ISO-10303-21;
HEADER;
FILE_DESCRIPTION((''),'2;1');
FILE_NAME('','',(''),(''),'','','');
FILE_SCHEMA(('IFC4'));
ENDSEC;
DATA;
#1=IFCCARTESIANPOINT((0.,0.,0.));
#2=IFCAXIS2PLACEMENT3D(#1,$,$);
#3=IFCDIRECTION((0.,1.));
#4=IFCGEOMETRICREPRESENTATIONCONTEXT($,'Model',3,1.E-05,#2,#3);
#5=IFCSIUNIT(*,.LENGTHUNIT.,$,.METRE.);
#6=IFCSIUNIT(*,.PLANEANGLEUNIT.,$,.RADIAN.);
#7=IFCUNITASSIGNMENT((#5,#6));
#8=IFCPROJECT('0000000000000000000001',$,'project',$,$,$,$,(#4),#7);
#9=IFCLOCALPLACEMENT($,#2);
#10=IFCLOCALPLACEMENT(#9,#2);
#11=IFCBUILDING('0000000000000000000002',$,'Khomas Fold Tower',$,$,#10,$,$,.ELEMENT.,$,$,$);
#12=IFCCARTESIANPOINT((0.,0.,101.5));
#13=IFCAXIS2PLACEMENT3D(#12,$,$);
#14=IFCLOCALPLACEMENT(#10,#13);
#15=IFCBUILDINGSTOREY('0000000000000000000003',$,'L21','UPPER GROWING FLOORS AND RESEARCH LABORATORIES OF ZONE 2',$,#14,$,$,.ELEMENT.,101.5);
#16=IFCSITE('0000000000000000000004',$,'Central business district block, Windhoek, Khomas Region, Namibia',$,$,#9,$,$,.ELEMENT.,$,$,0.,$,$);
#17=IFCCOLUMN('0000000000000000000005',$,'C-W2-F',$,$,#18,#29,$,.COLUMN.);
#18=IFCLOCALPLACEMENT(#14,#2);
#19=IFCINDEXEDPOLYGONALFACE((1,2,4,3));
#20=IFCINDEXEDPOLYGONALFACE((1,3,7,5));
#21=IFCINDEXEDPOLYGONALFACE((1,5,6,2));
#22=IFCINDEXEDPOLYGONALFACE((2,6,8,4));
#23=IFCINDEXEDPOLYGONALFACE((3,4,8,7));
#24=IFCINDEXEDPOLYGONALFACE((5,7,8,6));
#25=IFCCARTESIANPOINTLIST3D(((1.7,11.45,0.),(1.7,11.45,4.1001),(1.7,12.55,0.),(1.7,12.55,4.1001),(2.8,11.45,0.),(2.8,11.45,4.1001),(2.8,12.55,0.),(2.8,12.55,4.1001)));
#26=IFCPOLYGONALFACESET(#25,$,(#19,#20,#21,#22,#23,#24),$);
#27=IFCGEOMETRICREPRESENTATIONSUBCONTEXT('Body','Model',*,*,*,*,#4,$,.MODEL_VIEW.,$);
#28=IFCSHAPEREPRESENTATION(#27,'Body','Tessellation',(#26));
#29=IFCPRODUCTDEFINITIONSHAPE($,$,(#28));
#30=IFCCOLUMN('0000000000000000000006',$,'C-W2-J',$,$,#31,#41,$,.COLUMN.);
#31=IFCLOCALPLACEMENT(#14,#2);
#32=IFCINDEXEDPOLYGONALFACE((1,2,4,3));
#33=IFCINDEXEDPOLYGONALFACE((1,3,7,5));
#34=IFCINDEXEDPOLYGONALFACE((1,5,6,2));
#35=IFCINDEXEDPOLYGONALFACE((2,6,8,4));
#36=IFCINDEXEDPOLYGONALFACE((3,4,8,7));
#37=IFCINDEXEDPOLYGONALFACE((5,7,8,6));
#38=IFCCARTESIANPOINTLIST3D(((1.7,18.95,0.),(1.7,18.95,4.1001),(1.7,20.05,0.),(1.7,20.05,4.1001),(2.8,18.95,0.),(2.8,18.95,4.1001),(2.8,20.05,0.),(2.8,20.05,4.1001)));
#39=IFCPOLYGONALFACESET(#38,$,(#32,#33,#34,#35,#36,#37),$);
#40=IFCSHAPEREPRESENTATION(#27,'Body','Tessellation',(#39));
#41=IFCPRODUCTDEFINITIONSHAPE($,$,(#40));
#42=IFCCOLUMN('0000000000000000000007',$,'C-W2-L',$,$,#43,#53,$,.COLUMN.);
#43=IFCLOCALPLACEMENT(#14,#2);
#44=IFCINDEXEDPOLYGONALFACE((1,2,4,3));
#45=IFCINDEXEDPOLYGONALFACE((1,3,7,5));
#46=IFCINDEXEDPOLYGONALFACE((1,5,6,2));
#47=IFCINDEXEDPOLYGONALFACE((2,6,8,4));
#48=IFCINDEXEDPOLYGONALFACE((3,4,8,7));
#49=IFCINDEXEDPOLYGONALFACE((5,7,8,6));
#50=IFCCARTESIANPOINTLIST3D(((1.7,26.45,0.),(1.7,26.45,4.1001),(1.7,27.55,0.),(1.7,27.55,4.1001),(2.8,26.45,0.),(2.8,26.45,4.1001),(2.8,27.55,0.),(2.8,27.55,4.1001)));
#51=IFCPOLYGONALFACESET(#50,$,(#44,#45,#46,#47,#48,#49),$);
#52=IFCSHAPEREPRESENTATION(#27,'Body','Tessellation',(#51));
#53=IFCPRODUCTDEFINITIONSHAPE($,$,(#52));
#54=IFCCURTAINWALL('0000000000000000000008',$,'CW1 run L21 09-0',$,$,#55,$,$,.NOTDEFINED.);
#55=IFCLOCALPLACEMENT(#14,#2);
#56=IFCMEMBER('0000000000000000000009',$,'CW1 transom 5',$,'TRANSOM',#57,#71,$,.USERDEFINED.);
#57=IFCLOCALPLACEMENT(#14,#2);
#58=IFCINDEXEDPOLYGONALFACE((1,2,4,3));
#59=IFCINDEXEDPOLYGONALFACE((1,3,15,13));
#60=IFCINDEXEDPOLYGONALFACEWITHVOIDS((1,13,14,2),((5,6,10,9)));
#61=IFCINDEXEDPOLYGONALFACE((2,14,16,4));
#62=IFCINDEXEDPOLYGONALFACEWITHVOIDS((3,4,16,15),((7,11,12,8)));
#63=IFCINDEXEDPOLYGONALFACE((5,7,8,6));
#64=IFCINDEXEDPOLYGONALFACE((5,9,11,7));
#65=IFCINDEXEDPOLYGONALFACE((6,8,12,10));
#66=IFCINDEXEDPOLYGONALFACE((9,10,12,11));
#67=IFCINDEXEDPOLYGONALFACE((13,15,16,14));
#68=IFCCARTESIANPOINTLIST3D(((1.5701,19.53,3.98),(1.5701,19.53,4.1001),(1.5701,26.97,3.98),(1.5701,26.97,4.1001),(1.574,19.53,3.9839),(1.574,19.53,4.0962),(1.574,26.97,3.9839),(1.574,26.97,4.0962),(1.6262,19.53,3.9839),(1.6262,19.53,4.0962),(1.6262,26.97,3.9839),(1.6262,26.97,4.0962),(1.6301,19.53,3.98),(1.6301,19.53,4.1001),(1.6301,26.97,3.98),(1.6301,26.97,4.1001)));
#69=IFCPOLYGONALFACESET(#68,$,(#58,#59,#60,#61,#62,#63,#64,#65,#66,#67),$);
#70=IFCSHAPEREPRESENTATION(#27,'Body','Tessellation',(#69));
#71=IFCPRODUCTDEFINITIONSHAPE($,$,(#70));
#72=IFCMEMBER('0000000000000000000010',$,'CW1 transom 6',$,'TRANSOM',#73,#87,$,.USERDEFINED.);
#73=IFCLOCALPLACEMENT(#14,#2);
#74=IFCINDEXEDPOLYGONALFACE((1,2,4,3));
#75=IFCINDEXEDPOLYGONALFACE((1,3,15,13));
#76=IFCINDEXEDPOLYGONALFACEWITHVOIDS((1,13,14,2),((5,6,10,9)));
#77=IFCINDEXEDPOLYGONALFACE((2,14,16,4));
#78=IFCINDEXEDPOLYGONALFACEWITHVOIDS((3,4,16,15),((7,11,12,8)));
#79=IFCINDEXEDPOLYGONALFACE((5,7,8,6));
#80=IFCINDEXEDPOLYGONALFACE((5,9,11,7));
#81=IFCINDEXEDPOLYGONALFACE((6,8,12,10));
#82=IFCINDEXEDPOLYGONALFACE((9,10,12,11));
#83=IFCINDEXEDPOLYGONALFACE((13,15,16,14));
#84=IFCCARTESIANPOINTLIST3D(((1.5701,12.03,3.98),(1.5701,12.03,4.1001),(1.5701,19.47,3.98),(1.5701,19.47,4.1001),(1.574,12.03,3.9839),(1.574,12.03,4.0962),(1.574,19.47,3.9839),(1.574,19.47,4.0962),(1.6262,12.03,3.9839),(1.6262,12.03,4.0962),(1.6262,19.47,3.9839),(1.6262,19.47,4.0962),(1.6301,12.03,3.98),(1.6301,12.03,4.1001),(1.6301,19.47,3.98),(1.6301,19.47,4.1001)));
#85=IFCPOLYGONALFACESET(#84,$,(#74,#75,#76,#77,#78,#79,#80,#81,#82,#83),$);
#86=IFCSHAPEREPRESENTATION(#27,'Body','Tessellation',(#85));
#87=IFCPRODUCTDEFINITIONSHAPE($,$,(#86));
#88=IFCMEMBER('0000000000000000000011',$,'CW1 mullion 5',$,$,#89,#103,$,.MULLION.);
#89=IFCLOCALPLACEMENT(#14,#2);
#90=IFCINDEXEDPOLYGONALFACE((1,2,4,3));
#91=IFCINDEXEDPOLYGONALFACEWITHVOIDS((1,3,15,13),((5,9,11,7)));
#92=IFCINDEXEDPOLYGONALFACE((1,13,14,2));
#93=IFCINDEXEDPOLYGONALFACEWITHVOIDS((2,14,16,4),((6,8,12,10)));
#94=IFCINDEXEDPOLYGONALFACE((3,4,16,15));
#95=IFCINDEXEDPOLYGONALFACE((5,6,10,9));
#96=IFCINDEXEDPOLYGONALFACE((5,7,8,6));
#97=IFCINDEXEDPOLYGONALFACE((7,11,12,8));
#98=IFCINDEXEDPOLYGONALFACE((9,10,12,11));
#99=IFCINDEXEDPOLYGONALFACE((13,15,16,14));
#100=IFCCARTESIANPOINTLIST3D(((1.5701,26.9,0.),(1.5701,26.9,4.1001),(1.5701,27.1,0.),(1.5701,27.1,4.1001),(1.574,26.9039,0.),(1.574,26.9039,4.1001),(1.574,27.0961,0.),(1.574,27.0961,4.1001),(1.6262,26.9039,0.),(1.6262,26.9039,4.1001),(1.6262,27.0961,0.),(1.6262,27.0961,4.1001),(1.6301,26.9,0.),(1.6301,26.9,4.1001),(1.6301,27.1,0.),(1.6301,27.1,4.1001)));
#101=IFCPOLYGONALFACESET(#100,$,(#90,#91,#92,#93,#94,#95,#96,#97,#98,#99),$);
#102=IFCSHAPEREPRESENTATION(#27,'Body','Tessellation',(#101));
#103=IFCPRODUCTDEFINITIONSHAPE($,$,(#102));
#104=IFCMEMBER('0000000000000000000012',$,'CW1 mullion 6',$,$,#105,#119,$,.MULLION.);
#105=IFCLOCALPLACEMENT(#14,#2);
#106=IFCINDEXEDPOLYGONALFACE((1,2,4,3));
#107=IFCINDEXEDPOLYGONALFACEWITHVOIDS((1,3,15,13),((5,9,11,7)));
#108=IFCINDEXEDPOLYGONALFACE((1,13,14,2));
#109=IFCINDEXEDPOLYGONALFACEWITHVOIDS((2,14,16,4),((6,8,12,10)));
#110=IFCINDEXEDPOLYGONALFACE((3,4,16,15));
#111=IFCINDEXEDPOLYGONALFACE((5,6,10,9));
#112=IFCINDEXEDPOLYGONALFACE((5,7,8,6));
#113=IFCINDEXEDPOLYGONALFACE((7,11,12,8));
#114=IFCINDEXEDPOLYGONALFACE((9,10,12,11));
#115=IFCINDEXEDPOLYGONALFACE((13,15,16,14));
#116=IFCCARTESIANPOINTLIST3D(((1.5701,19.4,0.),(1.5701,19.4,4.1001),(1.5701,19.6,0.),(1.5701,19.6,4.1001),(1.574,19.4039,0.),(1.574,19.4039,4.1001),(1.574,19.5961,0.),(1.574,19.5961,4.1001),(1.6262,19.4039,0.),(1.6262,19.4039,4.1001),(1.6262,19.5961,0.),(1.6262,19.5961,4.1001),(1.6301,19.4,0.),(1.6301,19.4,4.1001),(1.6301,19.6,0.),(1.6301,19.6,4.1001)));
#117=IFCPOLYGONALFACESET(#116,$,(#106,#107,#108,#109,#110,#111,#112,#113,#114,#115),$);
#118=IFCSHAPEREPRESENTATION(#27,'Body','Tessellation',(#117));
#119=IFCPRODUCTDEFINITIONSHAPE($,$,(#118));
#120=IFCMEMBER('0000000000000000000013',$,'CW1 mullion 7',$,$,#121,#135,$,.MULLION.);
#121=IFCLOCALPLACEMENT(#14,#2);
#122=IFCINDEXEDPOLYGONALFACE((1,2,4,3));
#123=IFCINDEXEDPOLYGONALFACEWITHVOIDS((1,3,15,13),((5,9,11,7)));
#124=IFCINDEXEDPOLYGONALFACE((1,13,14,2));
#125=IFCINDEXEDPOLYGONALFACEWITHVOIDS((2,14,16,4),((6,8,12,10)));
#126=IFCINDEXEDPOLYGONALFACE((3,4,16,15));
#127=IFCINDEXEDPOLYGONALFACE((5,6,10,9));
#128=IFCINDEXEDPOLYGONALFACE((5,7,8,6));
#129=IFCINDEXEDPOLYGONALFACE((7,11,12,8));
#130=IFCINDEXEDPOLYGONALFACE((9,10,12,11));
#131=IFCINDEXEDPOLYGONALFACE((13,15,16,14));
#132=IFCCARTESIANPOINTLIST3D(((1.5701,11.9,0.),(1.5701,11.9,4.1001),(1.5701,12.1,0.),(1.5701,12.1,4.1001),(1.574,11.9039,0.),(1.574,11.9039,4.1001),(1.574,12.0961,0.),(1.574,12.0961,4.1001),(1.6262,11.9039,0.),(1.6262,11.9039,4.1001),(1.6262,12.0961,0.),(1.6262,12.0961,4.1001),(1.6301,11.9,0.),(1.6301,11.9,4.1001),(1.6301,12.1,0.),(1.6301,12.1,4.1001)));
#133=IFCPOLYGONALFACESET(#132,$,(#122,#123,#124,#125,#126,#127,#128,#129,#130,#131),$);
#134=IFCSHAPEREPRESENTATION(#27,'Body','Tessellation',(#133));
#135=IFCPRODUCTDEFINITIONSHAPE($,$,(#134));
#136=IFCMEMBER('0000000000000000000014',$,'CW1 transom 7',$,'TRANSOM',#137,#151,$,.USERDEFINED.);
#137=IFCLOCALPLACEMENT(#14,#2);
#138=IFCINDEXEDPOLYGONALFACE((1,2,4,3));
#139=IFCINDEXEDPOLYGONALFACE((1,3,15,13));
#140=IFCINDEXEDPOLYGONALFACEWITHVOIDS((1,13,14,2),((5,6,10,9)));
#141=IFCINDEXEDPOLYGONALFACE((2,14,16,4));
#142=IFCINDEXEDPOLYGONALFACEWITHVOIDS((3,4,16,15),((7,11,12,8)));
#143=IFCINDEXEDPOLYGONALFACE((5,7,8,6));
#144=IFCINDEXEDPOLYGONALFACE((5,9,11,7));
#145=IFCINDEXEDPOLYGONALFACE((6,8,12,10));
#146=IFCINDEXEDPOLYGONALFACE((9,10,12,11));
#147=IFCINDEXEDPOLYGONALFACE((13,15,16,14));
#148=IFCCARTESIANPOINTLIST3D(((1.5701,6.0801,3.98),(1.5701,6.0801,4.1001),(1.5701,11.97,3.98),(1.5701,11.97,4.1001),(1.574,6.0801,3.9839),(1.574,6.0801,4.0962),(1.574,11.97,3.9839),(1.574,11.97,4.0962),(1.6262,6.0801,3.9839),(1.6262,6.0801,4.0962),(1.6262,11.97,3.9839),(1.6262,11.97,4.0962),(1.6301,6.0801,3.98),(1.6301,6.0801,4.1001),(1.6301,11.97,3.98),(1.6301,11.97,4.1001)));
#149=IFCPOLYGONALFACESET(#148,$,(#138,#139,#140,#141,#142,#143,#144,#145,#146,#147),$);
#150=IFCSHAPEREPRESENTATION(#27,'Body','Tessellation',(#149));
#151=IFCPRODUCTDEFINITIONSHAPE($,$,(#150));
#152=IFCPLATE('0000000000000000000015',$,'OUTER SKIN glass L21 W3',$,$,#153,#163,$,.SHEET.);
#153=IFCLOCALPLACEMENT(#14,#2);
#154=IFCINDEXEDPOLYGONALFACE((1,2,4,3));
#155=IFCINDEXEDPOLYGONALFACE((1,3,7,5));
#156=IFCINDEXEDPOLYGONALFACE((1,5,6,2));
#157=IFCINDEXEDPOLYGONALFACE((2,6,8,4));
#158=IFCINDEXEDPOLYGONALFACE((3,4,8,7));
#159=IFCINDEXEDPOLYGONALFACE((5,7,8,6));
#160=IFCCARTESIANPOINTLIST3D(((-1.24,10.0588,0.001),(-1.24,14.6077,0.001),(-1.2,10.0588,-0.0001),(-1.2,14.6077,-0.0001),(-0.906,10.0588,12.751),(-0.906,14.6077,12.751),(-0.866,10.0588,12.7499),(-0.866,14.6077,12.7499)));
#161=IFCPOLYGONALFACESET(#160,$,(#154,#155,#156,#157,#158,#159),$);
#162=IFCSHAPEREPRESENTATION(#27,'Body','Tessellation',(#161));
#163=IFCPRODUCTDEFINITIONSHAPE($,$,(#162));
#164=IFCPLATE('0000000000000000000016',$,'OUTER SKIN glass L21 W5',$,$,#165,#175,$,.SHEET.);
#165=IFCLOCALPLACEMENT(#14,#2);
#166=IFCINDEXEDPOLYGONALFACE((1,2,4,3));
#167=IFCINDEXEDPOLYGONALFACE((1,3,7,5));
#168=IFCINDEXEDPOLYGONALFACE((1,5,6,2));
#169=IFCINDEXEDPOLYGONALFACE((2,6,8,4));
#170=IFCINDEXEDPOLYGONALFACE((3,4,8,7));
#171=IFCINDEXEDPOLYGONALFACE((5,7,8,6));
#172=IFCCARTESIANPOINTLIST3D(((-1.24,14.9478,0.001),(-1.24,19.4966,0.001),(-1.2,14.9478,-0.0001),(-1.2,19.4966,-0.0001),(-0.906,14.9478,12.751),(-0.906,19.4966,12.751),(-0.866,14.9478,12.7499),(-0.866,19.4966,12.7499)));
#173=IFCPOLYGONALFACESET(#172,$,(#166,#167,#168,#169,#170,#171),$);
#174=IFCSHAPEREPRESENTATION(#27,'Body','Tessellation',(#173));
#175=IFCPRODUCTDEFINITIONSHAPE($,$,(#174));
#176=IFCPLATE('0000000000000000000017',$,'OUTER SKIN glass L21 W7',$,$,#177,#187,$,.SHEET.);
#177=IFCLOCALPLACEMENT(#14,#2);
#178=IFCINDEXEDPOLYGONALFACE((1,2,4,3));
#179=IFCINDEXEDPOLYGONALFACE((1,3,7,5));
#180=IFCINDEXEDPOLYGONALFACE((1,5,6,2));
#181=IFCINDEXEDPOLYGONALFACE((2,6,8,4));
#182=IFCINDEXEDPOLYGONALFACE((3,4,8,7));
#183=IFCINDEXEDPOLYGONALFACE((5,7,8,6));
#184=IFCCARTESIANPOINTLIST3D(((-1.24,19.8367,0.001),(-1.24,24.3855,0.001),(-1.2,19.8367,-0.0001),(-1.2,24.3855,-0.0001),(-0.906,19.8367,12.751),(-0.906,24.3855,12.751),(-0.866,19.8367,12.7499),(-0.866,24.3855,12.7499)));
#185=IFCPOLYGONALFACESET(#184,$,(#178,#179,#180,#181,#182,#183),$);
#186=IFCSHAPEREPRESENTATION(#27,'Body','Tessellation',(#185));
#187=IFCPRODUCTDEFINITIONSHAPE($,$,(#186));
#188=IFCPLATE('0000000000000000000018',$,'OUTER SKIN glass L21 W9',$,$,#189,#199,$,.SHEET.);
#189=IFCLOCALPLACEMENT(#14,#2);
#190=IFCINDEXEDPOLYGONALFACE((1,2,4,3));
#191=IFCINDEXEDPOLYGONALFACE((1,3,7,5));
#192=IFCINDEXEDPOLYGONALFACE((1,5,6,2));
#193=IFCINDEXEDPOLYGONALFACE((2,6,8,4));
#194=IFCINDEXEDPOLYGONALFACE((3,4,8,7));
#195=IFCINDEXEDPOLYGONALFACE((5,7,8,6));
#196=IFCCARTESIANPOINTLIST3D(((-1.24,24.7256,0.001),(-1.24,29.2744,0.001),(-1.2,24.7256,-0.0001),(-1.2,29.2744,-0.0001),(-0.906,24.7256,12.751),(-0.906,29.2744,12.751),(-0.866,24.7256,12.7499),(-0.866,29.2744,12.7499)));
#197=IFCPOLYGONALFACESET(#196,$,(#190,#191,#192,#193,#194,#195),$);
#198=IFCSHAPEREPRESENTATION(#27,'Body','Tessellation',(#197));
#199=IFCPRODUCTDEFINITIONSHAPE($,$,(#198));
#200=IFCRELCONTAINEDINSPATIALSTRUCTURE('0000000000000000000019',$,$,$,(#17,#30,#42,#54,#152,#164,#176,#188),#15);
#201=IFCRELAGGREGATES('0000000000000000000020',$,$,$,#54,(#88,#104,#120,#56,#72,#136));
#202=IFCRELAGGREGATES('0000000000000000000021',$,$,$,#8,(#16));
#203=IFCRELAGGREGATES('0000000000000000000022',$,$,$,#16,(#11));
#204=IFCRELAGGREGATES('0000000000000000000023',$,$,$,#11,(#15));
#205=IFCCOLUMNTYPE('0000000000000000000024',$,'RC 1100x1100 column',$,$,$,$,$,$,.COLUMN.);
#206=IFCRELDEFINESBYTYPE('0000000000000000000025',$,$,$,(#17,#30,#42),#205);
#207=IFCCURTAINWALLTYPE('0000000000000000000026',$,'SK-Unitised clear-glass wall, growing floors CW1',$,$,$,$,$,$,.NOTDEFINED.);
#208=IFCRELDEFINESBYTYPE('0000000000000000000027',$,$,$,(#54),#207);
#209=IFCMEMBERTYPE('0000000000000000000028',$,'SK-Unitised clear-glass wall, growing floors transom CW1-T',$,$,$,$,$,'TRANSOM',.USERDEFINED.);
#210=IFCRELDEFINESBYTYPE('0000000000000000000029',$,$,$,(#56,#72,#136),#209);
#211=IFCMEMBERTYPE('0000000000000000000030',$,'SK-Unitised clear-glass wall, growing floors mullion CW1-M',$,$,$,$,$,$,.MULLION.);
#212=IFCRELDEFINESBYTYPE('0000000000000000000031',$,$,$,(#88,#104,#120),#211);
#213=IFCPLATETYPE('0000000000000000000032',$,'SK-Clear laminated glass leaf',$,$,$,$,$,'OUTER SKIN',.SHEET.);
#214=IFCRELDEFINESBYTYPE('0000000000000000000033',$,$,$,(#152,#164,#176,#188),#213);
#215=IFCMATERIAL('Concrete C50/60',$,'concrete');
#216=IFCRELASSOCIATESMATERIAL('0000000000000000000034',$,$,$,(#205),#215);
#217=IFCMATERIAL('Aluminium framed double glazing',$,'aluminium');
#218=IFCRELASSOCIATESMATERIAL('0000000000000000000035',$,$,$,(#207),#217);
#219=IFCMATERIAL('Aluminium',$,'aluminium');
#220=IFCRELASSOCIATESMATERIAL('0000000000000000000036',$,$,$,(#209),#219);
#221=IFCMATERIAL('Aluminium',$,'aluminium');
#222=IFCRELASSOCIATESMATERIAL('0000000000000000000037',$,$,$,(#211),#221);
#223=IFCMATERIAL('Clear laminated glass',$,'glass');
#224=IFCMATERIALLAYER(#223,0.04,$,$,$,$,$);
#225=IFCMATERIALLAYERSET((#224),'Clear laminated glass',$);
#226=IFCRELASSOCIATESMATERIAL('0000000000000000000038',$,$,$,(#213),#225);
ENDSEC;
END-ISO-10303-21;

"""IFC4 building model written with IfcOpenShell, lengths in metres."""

from ifc_helpers import new_model, si_unit, direction, frame, origin, origin_2d, place, context, subcontext, project, spatial, polyline, rectangle, hollow_rectangle, outline, extrude, source, transform, mapped, material, layer, layer_set, material_profile, profile_set, type_object, element, aggregate, save


model = new_model("IFC4")

# Units and contexts
model_context = context("Model", 3, precision=1e-05, world=origin(), true_north=direction((0.0, 1.0)))
body_context = subcontext(model_context, "Body", "Model", "MODEL_VIEW")
ifc_project = project(units=[si_unit("LENGTHUNIT", "METRE"), si_unit("PLANEANGLEUNIT", "RADIAN")], contexts=[model_context])

# Site, building, storey
site_placement = place(None, origin())
site = spatial("IfcSite", under=ifc_project, at=site_placement, Name="Central business district block, Windhoek, Khomas Region, Namibia", CompositionType="ELEMENT", RefElevation=0.0)
building_placement = place(site_placement, origin())
building = spatial("IfcBuilding", under=site, at=building_placement, Name="Khomas Fold Tower", CompositionType="ELEMENT")
storey_placement = place(building_placement, frame((0.0, 0.0, 101.5)))
storey = spatial("IfcBuildingStorey", under=building, at=storey_placement, Name="L21", Description="UPPER GROWING FLOORS AND RESEARCH LABORATORIES OF ZONE 2", CompositionType="ELEMENT", Elevation=101.5)

# Columns
ifc_material_1 = material(Name="Concrete C50/60", Category="concrete")
ifc_material_profile_1 = material_profile(ifc_material_1, rectangle(XDim=1.1001, YDim=1.1001, at=origin_2d()), Name="RC 1100x1100")
ifc_profile_set_1 = profile_set([ifc_material_profile_1], Name="Concrete C50/60")
column_type = type_object("IfcColumnType", Name="RC 1100x1100 column", PredefinedType="COLUMN", material=ifc_profile_set_1)
shared_shape_1 = source(origin(), body_context, "Body", "SweptSolid", [
    extrude(rectangle(XDim=1.1001, YDim=1.1001, at=origin_2d()), origin(), (0.0, 0.0, 1.0), 4.1001),
])
for number, where, z_axis, x_axis, name in (
    (1, (2.25, 12.0, 0.0), (0.0, 0.0, 1.0), (1.0, 0.0, 0.0), "C-W2-F"),
    (2, (2.25, 19.5, 0.0), (0.0, 0.0, 1.0), (1.0, 0.0, 0.0), "C-W2-J"),
    (3, (2.25, 27.0, 0.0), (0.0, 0.0, 1.0), (1.0, 0.0, 0.0), "C-W2-L"),
):
    element("IfcColumn", number, at=place(storey_placement, frame(where, z_axis=z_axis, x_axis=x_axis)), inside=storey, type_object=column_type, Name=name, PredefinedType="COLUMN", context=body_context, shape_type="MappedRepresentation", body=[
        mapped(shared_shape_1, transform((0.0, 0.0, 0.0))),
    ])

# Curtain wall, members
ifc_material_2 = material(Name="Aluminium framed double glazing", Category="aluminium")
curtain_wall_type = type_object("IfcCurtainWallType", Name="SK-Unitised clear-glass wall, growing floors CW1", PredefinedType="NOTDEFINED", material=ifc_material_2)
curtain_wall_placement = place(storey_placement, origin())
curtain_wall = element("IfcCurtainWall", 4, at=curtain_wall_placement, inside=storey, type_object=curtain_wall_type, Name="CW1 run L21 09-0", PredefinedType="NOTDEFINED")
ifc_material_3 = material(Name="Aluminium", Category="aluminium")
ifc_material_profile_2 = material_profile(ifc_material_3, hollow_rectangle(XDim=0.0601, YDim=0.1201, WallThickness=0.0039, at=origin_2d()), Name="SK-Unitised clear-glass wall, growing floors transom CW1-T")
ifc_profile_set_2 = profile_set([ifc_material_profile_2], Name="Aluminium")
member_type_1 = type_object("IfcMemberType", Name="SK-Unitised clear-glass wall, growing floors transom CW1-T", ElementType="TRANSOM", PredefinedType="USERDEFINED", material=ifc_profile_set_2)
shared_shape_2 = source(origin(), body_context, "Body", "SweptSolid", [
    extrude(hollow_rectangle(XDim=0.0601, YDim=0.1201, WallThickness=0.0039, at=origin_2d()), origin(), (0.0, 0.0, 1.0), 7.4399),
])
member_1_placement = place(storey_placement, frame((1.6001, 26.97, 4.04), z_axis=(0.0, -1.0, 0.0), x_axis=(1.0, 0.0, 0.0)))
member_1 = element("IfcMember", 5, at=member_1_placement, type_object=member_type_1, Name="CW1 transom 5", ObjectType="TRANSOM", PredefinedType="USERDEFINED", context=body_context, shape_type="MappedRepresentation", body=[
    mapped(shared_shape_2, transform((0.0, 0.0, 0.0))),
])
member_2_placement = place(storey_placement, frame((1.6001, 19.47, 4.04), z_axis=(0.0, -1.0, 0.0), x_axis=(1.0, 0.0, 0.0)))
member_2 = element("IfcMember", 6, at=member_2_placement, type_object=member_type_1, Name="CW1 transom 6", ObjectType="TRANSOM", PredefinedType="USERDEFINED", context=body_context, shape_type="MappedRepresentation", body=[
    mapped(shared_shape_2, transform((0.0, 0.0, 0.0))),
])
ifc_material_4 = material(Name="Aluminium", Category="aluminium")
ifc_material_profile_3 = material_profile(ifc_material_4, hollow_rectangle(XDim=0.0601, YDim=0.2, WallThickness=0.0039, at=origin_2d()), Name="SK-Unitised clear-glass wall, growing floors mullion CW1-M")
ifc_profile_set_3 = profile_set([ifc_material_profile_3], Name="Aluminium")
member_type_2 = type_object("IfcMemberType", Name="SK-Unitised clear-glass wall, growing floors mullion CW1-M", PredefinedType="MULLION", material=ifc_profile_set_3)
shared_shape_3 = source(origin(), body_context, "Body", "SweptSolid", [
    extrude(hollow_rectangle(XDim=0.0601, YDim=0.2, WallThickness=0.0039, at=origin_2d()), origin(), (0.0, 0.0, 1.0), 4.1001),
])
member_3_placement = place(storey_placement, frame((1.6001, 27.0, 0.0), z_axis=(0.0, 0.0, 1.0), x_axis=(1.0, 0.0, 0.0)))
member_3 = element("IfcMember", 7, at=member_3_placement, type_object=member_type_2, Name="CW1 mullion 5", PredefinedType="MULLION", context=body_context, shape_type="MappedRepresentation", body=[
    mapped(shared_shape_3, transform((0.0, 0.0, 0.0))),
])
member_4_placement = place(storey_placement, frame((1.6001, 19.5, 0.0), z_axis=(0.0, 0.0, 1.0), x_axis=(1.0, 0.0, 0.0)))
member_4 = element("IfcMember", 8, at=member_4_placement, type_object=member_type_2, Name="CW1 mullion 6", PredefinedType="MULLION", context=body_context, shape_type="MappedRepresentation", body=[
    mapped(shared_shape_3, transform((0.0, 0.0, 0.0))),
])
member_5_placement = place(storey_placement, frame((1.6001, 12.0, 0.0), z_axis=(0.0, 0.0, 1.0), x_axis=(1.0, 0.0, 0.0)))
member_5 = element("IfcMember", 9, at=member_5_placement, type_object=member_type_2, Name="CW1 mullion 7", PredefinedType="MULLION", context=body_context, shape_type="MappedRepresentation", body=[
    mapped(shared_shape_3, transform((0.0, 0.0, 0.0))),
])
shared_shape_4 = source(origin(), body_context, "Body", "SweptSolid", [
    extrude(hollow_rectangle(XDim=0.0601, YDim=0.1201, WallThickness=0.0039, at=origin_2d()), origin(), (0.0, 0.0, 1.0), 5.8899),
])
member_6_placement = place(storey_placement, frame((1.6001, 11.97, 4.04), z_axis=(0.0, -1.0, 0.0), x_axis=(1.0, 0.0, 0.0)))
member_6 = element("IfcMember", 10, at=member_6_placement, type_object=member_type_1, Name="CW1 transom 7", ObjectType="TRANSOM", PredefinedType="USERDEFINED", context=body_context, shape_type="MappedRepresentation", body=[
    mapped(shared_shape_4, transform((0.0, 0.0, 0.0))),
])

# Plates
ifc_material_5 = material(Name="Clear laminated glass", Category="glass")
ifc_layer_1 = layer(ifc_material_5, 0.04)
ifc_layer_set_1 = layer_set([ifc_layer_1], Name="Clear laminated glass")
plate_type_1 = type_object("IfcPlateType", Name="SK-Clear laminated glass leaf", ElementType="OUTER SKIN", PredefinedType="SHEET", material=ifc_layer_set_1)
for number, where, z_axis, x_axis, name in (
    (11, (-1.24, 10.0588, 0.001), (-0.999657, 0.0, 0.026186), (0.0, 1.0, 0.0), "OUTER SKIN glass L21 W3"),
    (12, (-1.24, 14.9478, 0.001), (-0.999657, 0.0, 0.026186), (0.0, 1.0, 0.0), "OUTER SKIN glass L21 W5"),
    (13, (-1.24, 19.8367, 0.001), (-0.999657, 0.0, 0.026186), (0.0, 1.0, 0.0), "OUTER SKIN glass L21 W7"),
    (14, (-1.24, 24.7256, 0.001), (-0.999657, 0.0, 0.026186), (0.0, 1.0, 0.0), "OUTER SKIN glass L21 W9"),
):
    element("IfcPlate", number, at=place(storey_placement, frame(where, z_axis=z_axis, x_axis=x_axis)), inside=storey, type_object=plate_type_1, Name=name, PredefinedType="SHEET", context=body_context, shape_type="SweptSolid", body=[
        extrude(outline(polyline([(0.0, 0.0), (4.5488, 0.0), (4.5488, -12.7544), (0.0, -12.7544), (0.0, 0.0)])), origin(), (0.0, 0.0, -1.0), 0.04),
    ])

aggregate(curtain_wall, [member_3, member_4, member_5, member_1, member_2, member_6])

save(model, "model.ifc")
